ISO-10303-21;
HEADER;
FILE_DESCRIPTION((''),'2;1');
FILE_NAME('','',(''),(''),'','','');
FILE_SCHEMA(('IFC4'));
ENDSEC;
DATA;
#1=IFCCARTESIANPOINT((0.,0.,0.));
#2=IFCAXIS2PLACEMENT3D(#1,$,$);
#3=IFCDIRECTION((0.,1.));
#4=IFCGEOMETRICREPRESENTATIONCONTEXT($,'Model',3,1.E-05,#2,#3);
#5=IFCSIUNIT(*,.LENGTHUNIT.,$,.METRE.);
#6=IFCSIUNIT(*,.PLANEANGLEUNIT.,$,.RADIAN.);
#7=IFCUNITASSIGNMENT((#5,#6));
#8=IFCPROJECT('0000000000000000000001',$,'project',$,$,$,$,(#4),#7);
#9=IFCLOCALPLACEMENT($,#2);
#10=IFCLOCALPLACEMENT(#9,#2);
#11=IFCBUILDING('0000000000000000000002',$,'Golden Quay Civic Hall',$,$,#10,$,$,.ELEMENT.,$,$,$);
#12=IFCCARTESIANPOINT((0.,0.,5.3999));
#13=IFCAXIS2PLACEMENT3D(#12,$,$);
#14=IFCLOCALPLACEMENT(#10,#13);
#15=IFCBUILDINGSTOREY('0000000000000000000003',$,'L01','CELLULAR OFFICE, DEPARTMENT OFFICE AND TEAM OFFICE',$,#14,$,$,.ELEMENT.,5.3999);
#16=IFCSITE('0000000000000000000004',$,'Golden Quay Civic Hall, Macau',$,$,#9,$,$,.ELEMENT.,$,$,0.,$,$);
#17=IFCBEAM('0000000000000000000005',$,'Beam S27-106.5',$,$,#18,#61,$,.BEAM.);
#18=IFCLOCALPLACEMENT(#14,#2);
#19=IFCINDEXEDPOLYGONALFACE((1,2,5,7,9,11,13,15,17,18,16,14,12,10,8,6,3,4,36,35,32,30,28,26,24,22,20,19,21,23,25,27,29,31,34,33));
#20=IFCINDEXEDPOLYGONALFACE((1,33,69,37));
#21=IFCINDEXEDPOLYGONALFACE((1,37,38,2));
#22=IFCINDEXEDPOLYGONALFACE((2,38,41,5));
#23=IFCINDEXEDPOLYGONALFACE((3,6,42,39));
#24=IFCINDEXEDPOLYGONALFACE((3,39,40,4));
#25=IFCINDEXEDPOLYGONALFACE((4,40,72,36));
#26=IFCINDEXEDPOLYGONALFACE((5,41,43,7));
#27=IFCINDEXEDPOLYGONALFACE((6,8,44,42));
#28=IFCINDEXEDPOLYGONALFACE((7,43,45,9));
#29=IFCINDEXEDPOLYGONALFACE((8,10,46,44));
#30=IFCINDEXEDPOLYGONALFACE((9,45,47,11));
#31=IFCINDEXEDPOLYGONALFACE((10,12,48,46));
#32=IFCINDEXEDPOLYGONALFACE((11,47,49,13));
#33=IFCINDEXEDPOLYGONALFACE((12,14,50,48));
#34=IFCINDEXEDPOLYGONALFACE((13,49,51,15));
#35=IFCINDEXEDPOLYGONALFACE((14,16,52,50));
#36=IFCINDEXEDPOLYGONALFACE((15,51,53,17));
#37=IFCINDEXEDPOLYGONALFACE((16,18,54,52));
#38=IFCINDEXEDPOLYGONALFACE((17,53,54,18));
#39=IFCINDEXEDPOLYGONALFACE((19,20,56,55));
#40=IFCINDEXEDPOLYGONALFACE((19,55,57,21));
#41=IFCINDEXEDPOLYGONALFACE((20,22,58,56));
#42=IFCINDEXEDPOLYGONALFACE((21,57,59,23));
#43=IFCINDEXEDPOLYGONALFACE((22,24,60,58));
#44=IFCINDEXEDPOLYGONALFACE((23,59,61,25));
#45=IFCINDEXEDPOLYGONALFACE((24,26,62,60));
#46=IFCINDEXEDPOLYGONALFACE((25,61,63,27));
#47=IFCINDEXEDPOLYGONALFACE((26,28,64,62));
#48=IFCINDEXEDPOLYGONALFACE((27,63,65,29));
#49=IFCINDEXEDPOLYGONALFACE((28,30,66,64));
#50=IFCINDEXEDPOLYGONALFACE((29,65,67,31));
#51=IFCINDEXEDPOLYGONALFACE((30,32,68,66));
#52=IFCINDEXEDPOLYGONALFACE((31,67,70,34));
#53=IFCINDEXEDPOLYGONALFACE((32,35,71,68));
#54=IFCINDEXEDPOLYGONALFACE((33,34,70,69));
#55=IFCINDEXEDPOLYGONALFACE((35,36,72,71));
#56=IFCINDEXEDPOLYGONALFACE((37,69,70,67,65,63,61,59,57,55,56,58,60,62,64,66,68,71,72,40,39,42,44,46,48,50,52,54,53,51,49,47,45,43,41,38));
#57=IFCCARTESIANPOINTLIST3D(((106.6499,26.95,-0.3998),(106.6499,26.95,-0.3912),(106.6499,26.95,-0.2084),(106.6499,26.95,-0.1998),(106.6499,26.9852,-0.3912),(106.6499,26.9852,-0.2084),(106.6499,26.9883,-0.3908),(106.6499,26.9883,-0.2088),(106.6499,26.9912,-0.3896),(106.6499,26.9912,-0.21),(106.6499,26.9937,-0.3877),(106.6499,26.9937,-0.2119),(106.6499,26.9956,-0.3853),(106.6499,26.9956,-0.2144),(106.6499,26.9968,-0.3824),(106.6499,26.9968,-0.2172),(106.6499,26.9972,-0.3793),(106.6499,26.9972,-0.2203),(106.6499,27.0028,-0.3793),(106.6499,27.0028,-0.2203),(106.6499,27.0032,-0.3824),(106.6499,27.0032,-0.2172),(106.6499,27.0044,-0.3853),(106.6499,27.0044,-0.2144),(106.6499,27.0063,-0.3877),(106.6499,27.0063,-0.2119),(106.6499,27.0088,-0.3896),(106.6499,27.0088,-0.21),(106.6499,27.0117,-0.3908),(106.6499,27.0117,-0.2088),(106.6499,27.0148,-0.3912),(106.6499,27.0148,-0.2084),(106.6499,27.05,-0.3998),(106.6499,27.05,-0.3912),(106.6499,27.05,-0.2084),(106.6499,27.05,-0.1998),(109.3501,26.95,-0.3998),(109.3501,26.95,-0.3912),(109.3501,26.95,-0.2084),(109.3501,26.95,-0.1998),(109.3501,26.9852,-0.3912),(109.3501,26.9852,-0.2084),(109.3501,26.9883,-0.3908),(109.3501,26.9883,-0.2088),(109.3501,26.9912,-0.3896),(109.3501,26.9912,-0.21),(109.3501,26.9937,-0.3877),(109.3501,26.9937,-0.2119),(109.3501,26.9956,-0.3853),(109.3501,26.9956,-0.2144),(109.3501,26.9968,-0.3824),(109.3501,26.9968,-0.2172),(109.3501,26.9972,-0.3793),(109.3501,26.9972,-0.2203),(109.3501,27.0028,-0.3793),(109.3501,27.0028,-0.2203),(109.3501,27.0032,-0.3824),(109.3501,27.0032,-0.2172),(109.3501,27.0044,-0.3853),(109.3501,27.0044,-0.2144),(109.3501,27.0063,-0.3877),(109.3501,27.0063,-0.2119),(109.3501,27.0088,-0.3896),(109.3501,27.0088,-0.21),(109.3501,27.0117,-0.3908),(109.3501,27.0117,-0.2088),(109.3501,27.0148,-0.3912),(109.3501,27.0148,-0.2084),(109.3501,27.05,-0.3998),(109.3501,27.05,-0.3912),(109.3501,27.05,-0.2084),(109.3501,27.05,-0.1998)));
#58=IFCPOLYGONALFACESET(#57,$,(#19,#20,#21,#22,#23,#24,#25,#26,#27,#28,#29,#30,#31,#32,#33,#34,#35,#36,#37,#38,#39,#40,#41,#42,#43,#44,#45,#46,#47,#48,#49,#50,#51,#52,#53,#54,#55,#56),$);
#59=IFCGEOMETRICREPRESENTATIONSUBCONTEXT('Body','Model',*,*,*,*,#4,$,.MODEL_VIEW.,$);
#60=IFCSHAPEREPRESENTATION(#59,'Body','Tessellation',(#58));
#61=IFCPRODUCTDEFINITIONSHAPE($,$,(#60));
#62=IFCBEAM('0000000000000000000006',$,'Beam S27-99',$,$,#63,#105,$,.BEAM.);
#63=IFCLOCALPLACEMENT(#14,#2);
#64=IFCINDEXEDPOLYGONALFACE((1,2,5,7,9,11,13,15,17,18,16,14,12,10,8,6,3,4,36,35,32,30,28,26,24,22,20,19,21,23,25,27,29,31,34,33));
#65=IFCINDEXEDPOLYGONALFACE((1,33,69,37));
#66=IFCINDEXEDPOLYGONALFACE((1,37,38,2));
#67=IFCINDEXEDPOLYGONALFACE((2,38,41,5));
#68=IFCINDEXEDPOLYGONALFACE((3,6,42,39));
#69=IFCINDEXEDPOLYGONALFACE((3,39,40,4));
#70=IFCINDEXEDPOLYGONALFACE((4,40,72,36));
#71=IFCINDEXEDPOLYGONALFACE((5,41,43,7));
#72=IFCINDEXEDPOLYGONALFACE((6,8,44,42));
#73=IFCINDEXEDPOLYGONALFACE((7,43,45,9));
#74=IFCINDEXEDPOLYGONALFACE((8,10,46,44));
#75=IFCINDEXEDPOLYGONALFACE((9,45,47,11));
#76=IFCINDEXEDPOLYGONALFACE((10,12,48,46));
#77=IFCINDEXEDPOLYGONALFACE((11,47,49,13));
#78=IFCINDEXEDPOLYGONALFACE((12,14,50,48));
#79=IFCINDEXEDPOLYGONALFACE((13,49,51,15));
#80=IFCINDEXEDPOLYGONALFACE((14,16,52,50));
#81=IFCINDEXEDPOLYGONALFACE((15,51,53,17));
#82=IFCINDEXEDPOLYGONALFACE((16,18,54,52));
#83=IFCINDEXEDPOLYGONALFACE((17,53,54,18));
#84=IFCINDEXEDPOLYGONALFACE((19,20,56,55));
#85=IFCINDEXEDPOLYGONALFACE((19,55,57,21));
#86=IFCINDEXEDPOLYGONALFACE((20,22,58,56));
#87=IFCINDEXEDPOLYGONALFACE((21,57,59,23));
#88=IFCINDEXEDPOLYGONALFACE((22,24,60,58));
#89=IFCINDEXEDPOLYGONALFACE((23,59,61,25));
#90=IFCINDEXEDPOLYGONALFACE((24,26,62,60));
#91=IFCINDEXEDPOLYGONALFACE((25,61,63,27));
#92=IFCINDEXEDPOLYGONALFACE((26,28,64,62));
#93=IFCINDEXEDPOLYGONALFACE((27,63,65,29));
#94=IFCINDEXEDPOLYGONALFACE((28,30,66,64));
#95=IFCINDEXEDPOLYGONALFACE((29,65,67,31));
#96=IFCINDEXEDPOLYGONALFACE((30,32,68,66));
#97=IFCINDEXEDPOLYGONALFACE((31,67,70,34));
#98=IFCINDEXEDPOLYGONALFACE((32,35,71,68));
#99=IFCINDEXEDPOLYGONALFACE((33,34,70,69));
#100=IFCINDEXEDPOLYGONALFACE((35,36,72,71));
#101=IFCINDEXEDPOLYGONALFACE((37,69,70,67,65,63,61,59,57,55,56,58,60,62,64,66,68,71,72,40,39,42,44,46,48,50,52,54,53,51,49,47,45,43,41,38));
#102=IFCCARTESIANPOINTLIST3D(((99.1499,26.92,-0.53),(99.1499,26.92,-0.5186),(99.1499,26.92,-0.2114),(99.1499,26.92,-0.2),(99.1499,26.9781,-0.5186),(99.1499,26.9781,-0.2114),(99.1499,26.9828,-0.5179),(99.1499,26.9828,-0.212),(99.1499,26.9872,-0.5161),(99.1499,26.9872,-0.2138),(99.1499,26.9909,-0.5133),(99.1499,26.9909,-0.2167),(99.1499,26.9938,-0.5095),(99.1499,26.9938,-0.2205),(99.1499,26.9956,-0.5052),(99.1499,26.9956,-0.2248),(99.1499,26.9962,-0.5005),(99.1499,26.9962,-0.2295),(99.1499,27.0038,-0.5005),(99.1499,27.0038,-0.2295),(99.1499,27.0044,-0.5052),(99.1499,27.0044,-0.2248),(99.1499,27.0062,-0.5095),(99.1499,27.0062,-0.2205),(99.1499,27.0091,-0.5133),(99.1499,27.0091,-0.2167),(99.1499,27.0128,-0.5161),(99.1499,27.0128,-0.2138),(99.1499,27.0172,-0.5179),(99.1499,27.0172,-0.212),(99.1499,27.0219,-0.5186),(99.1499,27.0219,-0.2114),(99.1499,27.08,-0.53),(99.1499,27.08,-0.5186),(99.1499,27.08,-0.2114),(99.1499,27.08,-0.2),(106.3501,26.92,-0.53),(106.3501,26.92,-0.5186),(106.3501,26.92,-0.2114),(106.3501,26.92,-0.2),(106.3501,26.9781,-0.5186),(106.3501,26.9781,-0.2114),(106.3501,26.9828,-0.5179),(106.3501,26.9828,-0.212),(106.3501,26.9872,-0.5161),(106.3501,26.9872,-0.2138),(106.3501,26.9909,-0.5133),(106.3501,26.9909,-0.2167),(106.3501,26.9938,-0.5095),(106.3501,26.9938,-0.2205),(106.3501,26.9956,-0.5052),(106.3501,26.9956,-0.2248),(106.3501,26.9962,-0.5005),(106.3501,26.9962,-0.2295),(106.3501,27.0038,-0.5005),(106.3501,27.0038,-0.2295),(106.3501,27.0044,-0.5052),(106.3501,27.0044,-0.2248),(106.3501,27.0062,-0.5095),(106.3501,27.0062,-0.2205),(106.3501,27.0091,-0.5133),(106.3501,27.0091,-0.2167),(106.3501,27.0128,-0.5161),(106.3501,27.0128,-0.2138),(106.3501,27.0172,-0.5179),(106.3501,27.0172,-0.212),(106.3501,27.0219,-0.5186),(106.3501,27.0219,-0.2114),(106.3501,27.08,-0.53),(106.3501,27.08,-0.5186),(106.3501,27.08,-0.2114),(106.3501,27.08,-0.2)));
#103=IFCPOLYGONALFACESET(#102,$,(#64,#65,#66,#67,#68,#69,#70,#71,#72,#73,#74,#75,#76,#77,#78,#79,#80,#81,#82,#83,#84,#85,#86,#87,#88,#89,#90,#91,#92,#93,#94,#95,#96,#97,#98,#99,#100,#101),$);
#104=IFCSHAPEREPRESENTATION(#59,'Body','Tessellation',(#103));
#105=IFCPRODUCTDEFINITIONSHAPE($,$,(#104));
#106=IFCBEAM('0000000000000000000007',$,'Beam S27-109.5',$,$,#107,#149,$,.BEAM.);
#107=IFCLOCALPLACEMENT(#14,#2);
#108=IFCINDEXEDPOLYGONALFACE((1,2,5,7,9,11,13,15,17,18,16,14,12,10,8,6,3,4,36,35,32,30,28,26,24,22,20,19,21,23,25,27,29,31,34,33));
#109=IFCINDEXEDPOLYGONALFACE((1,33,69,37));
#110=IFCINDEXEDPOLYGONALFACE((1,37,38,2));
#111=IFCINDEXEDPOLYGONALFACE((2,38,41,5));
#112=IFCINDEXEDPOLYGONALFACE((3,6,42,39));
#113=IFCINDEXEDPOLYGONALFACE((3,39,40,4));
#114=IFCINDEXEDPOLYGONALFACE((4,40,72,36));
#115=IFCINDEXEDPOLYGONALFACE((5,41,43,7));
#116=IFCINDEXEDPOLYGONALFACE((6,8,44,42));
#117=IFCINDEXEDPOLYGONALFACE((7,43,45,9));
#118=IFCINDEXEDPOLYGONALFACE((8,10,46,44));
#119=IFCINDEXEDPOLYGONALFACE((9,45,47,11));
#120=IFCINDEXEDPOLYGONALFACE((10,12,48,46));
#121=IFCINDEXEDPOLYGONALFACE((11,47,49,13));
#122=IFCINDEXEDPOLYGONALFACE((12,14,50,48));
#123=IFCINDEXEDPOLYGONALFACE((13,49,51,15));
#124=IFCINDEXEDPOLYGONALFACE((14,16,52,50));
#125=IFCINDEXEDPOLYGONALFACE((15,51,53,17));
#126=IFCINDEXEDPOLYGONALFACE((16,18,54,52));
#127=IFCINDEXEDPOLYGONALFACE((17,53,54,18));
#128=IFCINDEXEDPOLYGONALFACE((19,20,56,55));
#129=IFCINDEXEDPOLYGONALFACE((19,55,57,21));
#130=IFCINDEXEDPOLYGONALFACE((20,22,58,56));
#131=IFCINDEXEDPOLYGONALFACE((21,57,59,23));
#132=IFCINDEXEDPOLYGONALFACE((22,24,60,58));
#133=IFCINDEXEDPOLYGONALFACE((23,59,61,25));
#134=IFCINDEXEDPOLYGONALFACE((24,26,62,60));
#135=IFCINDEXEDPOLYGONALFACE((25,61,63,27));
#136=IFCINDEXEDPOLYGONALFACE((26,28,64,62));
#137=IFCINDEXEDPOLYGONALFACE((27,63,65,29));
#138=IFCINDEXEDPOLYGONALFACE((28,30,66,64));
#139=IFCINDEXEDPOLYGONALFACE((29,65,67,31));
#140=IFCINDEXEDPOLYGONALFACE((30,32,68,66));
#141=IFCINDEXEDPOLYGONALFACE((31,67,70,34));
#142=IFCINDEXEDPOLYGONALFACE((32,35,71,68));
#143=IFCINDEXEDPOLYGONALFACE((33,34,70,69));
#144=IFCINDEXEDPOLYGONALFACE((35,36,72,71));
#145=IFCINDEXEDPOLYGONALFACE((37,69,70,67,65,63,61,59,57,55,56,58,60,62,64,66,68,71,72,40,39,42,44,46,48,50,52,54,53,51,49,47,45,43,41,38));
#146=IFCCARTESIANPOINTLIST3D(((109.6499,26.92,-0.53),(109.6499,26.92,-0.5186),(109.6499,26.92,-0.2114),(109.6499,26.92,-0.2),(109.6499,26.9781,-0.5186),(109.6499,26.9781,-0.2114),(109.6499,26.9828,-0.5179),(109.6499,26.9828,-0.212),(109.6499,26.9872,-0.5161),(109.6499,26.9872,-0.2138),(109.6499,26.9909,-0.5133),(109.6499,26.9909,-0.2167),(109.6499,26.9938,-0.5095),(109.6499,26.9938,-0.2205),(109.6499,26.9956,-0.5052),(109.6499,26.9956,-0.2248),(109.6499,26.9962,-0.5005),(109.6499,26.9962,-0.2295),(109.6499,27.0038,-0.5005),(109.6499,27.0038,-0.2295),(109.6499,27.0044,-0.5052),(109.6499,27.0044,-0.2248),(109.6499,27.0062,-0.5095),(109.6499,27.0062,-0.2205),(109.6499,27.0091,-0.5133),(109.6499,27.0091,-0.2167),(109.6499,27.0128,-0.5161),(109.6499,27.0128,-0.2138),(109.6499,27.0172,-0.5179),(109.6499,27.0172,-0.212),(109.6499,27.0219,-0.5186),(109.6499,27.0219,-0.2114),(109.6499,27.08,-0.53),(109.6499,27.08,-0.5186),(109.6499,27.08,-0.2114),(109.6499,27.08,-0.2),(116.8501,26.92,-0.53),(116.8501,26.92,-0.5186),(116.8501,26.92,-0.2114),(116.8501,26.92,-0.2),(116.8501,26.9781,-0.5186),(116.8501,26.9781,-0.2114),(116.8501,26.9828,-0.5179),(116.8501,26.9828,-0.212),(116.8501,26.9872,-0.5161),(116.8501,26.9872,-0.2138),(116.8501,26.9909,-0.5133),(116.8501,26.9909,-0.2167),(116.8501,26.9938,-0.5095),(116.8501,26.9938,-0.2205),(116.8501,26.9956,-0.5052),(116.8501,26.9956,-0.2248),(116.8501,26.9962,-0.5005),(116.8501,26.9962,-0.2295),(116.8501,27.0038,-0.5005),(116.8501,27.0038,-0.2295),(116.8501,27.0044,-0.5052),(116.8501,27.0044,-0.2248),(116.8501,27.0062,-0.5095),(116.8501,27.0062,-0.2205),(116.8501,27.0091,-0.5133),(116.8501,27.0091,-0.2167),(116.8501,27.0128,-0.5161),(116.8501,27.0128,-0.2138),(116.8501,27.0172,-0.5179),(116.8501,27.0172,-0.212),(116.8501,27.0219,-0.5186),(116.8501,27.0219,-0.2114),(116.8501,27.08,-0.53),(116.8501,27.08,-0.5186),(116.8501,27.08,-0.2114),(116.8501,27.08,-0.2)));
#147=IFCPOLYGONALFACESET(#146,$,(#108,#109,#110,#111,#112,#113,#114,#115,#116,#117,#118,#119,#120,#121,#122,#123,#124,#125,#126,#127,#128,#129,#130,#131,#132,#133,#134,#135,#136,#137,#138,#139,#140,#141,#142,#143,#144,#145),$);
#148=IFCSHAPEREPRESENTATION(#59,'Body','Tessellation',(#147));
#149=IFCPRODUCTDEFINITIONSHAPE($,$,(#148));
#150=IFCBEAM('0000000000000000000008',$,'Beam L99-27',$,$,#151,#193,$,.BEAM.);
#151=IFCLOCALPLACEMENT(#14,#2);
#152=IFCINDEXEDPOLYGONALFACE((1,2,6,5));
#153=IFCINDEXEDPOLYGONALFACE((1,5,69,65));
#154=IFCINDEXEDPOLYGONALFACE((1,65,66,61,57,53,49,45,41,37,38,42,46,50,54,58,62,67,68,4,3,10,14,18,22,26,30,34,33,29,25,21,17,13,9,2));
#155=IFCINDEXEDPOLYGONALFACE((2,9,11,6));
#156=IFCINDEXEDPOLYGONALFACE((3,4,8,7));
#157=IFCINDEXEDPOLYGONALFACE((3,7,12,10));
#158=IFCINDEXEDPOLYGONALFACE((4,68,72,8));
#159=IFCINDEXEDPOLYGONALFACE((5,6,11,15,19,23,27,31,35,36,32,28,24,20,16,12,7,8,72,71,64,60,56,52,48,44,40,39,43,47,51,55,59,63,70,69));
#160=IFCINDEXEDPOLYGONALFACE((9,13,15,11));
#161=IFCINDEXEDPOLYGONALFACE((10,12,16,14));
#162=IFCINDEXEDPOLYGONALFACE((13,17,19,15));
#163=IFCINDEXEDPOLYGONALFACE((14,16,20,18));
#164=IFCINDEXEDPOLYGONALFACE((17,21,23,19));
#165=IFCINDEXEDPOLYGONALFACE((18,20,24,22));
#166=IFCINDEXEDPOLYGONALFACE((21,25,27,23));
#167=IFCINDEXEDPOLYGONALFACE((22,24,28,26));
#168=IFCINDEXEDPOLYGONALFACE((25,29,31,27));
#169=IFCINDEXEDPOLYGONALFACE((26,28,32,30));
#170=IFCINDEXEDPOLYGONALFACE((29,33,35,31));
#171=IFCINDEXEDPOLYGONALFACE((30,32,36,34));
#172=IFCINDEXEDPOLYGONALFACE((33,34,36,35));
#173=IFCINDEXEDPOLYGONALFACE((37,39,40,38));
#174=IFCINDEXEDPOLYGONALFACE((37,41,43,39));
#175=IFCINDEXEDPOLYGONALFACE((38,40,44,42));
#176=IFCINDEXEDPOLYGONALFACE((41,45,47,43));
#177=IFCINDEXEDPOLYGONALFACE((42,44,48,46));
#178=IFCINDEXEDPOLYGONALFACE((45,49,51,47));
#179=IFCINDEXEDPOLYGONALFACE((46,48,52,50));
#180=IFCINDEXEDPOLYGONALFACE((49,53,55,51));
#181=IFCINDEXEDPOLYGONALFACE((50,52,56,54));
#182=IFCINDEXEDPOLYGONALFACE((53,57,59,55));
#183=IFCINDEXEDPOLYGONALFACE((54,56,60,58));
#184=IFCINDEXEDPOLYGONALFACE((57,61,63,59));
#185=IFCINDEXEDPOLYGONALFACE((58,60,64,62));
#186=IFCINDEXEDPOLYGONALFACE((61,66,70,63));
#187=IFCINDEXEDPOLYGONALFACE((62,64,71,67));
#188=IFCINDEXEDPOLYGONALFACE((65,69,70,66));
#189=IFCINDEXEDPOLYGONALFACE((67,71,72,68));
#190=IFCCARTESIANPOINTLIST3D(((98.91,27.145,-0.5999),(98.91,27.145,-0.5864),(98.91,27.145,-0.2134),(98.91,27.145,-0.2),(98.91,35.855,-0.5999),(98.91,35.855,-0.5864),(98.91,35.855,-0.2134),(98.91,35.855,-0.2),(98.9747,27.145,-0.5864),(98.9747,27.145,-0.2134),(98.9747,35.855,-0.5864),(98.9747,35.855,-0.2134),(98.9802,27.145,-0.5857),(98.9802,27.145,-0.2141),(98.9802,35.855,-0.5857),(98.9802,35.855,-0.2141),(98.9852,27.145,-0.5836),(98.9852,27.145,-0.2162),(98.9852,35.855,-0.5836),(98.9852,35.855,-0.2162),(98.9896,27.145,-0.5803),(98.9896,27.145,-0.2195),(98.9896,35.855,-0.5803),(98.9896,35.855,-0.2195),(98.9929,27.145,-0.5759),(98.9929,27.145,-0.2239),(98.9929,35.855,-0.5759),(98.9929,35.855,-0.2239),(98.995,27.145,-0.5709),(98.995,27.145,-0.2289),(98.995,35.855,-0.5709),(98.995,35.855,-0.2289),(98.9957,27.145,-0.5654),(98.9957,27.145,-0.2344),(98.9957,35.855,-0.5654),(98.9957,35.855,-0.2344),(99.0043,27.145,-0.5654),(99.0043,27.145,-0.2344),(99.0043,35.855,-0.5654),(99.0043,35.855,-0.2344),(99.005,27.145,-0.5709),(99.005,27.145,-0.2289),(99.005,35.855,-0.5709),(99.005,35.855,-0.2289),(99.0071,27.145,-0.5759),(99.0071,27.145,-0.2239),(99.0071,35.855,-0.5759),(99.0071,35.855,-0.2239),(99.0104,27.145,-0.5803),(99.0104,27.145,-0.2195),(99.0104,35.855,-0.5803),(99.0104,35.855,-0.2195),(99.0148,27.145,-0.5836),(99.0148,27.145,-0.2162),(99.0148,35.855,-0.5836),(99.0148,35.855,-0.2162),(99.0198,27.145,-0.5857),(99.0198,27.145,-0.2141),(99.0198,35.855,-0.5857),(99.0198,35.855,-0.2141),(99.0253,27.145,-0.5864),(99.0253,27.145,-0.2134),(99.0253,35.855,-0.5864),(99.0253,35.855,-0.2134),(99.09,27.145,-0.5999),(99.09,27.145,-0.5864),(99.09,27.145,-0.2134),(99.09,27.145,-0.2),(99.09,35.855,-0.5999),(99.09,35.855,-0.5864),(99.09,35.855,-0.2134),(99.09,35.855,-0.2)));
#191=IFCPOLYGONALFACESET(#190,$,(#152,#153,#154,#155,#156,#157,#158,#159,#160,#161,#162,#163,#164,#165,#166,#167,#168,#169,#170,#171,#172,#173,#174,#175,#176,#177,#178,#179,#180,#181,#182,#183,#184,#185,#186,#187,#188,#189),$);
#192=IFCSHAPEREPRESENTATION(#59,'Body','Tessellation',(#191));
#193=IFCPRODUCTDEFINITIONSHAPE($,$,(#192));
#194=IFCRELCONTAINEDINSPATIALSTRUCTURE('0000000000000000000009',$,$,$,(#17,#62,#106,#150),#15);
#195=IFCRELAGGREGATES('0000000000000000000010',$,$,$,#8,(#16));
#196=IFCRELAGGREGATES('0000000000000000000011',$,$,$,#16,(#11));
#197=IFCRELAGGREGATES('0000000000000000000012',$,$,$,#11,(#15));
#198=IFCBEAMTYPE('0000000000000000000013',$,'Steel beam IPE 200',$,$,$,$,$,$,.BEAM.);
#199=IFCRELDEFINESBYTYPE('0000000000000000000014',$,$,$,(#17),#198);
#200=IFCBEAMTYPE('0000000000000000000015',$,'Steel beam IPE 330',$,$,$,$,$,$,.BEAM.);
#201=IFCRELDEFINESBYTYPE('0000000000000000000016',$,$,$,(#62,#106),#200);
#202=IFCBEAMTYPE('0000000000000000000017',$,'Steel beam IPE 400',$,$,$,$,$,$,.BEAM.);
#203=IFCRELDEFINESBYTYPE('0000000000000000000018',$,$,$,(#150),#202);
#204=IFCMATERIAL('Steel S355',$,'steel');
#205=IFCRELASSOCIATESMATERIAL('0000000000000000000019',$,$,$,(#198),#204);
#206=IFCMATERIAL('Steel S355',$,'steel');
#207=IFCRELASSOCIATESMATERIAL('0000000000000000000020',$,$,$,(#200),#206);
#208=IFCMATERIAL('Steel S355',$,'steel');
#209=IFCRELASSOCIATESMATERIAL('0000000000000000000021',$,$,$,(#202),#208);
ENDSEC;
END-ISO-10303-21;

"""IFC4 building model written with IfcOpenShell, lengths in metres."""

from ifc_helpers import new_model, si_unit, direction, frame, origin, origin_2d, place, context, subcontext, project, spatial, i_section, extrude, material, material_profile, profile_set, type_object, element, save


model = new_model("IFC4")

# Units and contexts
model_context = context("Model", 3, precision=1e-05, world=origin(), true_north=direction((0.0, 1.0)))
body_context = subcontext(model_context, "Body", "Model", "MODEL_VIEW")
ifc_project = project(units=[si_unit("LENGTHUNIT", "METRE"), si_unit("PLANEANGLEUNIT", "RADIAN")], contexts=[model_context])

# Site, building, storey
site_placement = place(None, origin())
site = spatial("IfcSite", under=ifc_project, at=site_placement, Name="Golden Quay Civic Hall, Macau", CompositionType="ELEMENT", RefElevation=0.0)
building_placement = place(site_placement, origin())
building = spatial("IfcBuilding", under=site, at=building_placement, Name="Golden Quay Civic Hall", CompositionType="ELEMENT")
storey_placement = place(building_placement, frame((0.0, 0.0, 5.3999)))
storey = spatial("IfcBuildingStorey", under=building, at=storey_placement, Name="L01", Description="CELLULAR OFFICE, DEPARTMENT OFFICE AND TEAM OFFICE", CompositionType="ELEMENT", Elevation=5.3999)

# Beams
ifc_material_1 = material(Name="Steel S355", Category="steel")
ifc_material_profile_1 = material_profile(ifc_material_1, i_section(OverallWidth=0.1001, OverallDepth=0.2, WebThickness=0.0056, FlangeThickness=0.0085, FilletRadius=0.012, at=origin_2d()), Name="IPE 200")
ifc_profile_set_1 = profile_set([ifc_material_profile_1], Name="Steel S355")
beam_type_1 = type_object("IfcBeamType", Name="Steel beam IPE 200", PredefinedType="BEAM", material=ifc_profile_set_1)
beam_1_placement = place(storey_placement, frame((106.6499, 27.0, -0.2998), z_axis=(1.0, 0.0, 0.0), x_axis=(0.0, 1.0, 0.0)))
element("IfcBeam", 1, at=beam_1_placement, inside=storey, type_object=beam_type_1, Name="Beam S27-106.5", PredefinedType="BEAM", context=body_context, shape_type="SweptSolid", body=[
    extrude(i_section(OverallWidth=0.1001, OverallDepth=0.2, WebThickness=0.0056, FlangeThickness=0.0085, FilletRadius=0.012, at=origin_2d()), origin(), (0.0, 0.0, 1.0), 2.7002),
])
ifc_material_2 = material(Name="Steel S355", Category="steel")
ifc_material_profile_2 = material_profile(ifc_material_2, i_section(OverallWidth=0.1599, OverallDepth=0.3301, WebThickness=0.0076, FlangeThickness=0.0115, FilletRadius=0.0181, at=origin_2d()), Name="IPE 330")
ifc_profile_set_2 = profile_set([ifc_material_profile_2], Name="Steel S355")
beam_type_2 = type_object("IfcBeamType", Name="Steel beam IPE 330", PredefinedType="BEAM", material=ifc_profile_set_2)
for number, where, z_axis, x_axis, name in (
    (2, (99.1499, 27.0, -0.365), (1.0, 0.0, 0.0), (0.0, 1.0, 0.0), "Beam S27-99"),
    (3, (109.6499, 27.0, -0.365), (1.0, 0.0, 0.0), (0.0, 1.0, 0.0), "Beam S27-109.5"),
):
    element("IfcBeam", number, at=place(storey_placement, frame(where, z_axis=z_axis, x_axis=x_axis)), inside=storey, type_object=beam_type_2, Name=name, PredefinedType="BEAM", context=body_context, shape_type="SweptSolid", body=[
        extrude(i_section(OverallWidth=0.1599, OverallDepth=0.3301, WebThickness=0.0076, FlangeThickness=0.0115, FilletRadius=0.0181, at=origin_2d()), origin(), (0.0, 0.0, 1.0), 7.2002),
    ])
ifc_material_3 = material(Name="Steel S355", Category="steel")
ifc_material_profile_3 = material_profile(ifc_material_3, i_section(OverallWidth=0.1799, OverallDepth=0.3999, WebThickness=0.0085, FlangeThickness=0.0134, FilletRadius=0.021, at=origin_2d()), Name="IPE 400")
ifc_profile_set_3 = profile_set([ifc_material_profile_3], Name="Steel S355")
beam_type_3 = type_object("IfcBeamType", Name="Steel beam IPE 400", PredefinedType="BEAM", material=ifc_profile_set_3)
beam_2_placement = place(storey_placement, frame((99.0, 27.145, -0.3999), z_axis=(0.0, 1.0, 0.0), x_axis=(-1.0, 0.0, 0.0)))
element("IfcBeam", 4, at=beam_2_placement, inside=storey, type_object=beam_type_3, Name="Beam L99-27", PredefinedType="BEAM", context=body_context, shape_type="SweptSolid", body=[
    extrude(i_section(OverallWidth=0.1799, OverallDepth=0.3999, WebThickness=0.0085, FlangeThickness=0.0134, FilletRadius=0.021, at=origin_2d()), origin(), (0.0, 0.0, 1.0), 8.71),
])

save(model, "model.ifc")
